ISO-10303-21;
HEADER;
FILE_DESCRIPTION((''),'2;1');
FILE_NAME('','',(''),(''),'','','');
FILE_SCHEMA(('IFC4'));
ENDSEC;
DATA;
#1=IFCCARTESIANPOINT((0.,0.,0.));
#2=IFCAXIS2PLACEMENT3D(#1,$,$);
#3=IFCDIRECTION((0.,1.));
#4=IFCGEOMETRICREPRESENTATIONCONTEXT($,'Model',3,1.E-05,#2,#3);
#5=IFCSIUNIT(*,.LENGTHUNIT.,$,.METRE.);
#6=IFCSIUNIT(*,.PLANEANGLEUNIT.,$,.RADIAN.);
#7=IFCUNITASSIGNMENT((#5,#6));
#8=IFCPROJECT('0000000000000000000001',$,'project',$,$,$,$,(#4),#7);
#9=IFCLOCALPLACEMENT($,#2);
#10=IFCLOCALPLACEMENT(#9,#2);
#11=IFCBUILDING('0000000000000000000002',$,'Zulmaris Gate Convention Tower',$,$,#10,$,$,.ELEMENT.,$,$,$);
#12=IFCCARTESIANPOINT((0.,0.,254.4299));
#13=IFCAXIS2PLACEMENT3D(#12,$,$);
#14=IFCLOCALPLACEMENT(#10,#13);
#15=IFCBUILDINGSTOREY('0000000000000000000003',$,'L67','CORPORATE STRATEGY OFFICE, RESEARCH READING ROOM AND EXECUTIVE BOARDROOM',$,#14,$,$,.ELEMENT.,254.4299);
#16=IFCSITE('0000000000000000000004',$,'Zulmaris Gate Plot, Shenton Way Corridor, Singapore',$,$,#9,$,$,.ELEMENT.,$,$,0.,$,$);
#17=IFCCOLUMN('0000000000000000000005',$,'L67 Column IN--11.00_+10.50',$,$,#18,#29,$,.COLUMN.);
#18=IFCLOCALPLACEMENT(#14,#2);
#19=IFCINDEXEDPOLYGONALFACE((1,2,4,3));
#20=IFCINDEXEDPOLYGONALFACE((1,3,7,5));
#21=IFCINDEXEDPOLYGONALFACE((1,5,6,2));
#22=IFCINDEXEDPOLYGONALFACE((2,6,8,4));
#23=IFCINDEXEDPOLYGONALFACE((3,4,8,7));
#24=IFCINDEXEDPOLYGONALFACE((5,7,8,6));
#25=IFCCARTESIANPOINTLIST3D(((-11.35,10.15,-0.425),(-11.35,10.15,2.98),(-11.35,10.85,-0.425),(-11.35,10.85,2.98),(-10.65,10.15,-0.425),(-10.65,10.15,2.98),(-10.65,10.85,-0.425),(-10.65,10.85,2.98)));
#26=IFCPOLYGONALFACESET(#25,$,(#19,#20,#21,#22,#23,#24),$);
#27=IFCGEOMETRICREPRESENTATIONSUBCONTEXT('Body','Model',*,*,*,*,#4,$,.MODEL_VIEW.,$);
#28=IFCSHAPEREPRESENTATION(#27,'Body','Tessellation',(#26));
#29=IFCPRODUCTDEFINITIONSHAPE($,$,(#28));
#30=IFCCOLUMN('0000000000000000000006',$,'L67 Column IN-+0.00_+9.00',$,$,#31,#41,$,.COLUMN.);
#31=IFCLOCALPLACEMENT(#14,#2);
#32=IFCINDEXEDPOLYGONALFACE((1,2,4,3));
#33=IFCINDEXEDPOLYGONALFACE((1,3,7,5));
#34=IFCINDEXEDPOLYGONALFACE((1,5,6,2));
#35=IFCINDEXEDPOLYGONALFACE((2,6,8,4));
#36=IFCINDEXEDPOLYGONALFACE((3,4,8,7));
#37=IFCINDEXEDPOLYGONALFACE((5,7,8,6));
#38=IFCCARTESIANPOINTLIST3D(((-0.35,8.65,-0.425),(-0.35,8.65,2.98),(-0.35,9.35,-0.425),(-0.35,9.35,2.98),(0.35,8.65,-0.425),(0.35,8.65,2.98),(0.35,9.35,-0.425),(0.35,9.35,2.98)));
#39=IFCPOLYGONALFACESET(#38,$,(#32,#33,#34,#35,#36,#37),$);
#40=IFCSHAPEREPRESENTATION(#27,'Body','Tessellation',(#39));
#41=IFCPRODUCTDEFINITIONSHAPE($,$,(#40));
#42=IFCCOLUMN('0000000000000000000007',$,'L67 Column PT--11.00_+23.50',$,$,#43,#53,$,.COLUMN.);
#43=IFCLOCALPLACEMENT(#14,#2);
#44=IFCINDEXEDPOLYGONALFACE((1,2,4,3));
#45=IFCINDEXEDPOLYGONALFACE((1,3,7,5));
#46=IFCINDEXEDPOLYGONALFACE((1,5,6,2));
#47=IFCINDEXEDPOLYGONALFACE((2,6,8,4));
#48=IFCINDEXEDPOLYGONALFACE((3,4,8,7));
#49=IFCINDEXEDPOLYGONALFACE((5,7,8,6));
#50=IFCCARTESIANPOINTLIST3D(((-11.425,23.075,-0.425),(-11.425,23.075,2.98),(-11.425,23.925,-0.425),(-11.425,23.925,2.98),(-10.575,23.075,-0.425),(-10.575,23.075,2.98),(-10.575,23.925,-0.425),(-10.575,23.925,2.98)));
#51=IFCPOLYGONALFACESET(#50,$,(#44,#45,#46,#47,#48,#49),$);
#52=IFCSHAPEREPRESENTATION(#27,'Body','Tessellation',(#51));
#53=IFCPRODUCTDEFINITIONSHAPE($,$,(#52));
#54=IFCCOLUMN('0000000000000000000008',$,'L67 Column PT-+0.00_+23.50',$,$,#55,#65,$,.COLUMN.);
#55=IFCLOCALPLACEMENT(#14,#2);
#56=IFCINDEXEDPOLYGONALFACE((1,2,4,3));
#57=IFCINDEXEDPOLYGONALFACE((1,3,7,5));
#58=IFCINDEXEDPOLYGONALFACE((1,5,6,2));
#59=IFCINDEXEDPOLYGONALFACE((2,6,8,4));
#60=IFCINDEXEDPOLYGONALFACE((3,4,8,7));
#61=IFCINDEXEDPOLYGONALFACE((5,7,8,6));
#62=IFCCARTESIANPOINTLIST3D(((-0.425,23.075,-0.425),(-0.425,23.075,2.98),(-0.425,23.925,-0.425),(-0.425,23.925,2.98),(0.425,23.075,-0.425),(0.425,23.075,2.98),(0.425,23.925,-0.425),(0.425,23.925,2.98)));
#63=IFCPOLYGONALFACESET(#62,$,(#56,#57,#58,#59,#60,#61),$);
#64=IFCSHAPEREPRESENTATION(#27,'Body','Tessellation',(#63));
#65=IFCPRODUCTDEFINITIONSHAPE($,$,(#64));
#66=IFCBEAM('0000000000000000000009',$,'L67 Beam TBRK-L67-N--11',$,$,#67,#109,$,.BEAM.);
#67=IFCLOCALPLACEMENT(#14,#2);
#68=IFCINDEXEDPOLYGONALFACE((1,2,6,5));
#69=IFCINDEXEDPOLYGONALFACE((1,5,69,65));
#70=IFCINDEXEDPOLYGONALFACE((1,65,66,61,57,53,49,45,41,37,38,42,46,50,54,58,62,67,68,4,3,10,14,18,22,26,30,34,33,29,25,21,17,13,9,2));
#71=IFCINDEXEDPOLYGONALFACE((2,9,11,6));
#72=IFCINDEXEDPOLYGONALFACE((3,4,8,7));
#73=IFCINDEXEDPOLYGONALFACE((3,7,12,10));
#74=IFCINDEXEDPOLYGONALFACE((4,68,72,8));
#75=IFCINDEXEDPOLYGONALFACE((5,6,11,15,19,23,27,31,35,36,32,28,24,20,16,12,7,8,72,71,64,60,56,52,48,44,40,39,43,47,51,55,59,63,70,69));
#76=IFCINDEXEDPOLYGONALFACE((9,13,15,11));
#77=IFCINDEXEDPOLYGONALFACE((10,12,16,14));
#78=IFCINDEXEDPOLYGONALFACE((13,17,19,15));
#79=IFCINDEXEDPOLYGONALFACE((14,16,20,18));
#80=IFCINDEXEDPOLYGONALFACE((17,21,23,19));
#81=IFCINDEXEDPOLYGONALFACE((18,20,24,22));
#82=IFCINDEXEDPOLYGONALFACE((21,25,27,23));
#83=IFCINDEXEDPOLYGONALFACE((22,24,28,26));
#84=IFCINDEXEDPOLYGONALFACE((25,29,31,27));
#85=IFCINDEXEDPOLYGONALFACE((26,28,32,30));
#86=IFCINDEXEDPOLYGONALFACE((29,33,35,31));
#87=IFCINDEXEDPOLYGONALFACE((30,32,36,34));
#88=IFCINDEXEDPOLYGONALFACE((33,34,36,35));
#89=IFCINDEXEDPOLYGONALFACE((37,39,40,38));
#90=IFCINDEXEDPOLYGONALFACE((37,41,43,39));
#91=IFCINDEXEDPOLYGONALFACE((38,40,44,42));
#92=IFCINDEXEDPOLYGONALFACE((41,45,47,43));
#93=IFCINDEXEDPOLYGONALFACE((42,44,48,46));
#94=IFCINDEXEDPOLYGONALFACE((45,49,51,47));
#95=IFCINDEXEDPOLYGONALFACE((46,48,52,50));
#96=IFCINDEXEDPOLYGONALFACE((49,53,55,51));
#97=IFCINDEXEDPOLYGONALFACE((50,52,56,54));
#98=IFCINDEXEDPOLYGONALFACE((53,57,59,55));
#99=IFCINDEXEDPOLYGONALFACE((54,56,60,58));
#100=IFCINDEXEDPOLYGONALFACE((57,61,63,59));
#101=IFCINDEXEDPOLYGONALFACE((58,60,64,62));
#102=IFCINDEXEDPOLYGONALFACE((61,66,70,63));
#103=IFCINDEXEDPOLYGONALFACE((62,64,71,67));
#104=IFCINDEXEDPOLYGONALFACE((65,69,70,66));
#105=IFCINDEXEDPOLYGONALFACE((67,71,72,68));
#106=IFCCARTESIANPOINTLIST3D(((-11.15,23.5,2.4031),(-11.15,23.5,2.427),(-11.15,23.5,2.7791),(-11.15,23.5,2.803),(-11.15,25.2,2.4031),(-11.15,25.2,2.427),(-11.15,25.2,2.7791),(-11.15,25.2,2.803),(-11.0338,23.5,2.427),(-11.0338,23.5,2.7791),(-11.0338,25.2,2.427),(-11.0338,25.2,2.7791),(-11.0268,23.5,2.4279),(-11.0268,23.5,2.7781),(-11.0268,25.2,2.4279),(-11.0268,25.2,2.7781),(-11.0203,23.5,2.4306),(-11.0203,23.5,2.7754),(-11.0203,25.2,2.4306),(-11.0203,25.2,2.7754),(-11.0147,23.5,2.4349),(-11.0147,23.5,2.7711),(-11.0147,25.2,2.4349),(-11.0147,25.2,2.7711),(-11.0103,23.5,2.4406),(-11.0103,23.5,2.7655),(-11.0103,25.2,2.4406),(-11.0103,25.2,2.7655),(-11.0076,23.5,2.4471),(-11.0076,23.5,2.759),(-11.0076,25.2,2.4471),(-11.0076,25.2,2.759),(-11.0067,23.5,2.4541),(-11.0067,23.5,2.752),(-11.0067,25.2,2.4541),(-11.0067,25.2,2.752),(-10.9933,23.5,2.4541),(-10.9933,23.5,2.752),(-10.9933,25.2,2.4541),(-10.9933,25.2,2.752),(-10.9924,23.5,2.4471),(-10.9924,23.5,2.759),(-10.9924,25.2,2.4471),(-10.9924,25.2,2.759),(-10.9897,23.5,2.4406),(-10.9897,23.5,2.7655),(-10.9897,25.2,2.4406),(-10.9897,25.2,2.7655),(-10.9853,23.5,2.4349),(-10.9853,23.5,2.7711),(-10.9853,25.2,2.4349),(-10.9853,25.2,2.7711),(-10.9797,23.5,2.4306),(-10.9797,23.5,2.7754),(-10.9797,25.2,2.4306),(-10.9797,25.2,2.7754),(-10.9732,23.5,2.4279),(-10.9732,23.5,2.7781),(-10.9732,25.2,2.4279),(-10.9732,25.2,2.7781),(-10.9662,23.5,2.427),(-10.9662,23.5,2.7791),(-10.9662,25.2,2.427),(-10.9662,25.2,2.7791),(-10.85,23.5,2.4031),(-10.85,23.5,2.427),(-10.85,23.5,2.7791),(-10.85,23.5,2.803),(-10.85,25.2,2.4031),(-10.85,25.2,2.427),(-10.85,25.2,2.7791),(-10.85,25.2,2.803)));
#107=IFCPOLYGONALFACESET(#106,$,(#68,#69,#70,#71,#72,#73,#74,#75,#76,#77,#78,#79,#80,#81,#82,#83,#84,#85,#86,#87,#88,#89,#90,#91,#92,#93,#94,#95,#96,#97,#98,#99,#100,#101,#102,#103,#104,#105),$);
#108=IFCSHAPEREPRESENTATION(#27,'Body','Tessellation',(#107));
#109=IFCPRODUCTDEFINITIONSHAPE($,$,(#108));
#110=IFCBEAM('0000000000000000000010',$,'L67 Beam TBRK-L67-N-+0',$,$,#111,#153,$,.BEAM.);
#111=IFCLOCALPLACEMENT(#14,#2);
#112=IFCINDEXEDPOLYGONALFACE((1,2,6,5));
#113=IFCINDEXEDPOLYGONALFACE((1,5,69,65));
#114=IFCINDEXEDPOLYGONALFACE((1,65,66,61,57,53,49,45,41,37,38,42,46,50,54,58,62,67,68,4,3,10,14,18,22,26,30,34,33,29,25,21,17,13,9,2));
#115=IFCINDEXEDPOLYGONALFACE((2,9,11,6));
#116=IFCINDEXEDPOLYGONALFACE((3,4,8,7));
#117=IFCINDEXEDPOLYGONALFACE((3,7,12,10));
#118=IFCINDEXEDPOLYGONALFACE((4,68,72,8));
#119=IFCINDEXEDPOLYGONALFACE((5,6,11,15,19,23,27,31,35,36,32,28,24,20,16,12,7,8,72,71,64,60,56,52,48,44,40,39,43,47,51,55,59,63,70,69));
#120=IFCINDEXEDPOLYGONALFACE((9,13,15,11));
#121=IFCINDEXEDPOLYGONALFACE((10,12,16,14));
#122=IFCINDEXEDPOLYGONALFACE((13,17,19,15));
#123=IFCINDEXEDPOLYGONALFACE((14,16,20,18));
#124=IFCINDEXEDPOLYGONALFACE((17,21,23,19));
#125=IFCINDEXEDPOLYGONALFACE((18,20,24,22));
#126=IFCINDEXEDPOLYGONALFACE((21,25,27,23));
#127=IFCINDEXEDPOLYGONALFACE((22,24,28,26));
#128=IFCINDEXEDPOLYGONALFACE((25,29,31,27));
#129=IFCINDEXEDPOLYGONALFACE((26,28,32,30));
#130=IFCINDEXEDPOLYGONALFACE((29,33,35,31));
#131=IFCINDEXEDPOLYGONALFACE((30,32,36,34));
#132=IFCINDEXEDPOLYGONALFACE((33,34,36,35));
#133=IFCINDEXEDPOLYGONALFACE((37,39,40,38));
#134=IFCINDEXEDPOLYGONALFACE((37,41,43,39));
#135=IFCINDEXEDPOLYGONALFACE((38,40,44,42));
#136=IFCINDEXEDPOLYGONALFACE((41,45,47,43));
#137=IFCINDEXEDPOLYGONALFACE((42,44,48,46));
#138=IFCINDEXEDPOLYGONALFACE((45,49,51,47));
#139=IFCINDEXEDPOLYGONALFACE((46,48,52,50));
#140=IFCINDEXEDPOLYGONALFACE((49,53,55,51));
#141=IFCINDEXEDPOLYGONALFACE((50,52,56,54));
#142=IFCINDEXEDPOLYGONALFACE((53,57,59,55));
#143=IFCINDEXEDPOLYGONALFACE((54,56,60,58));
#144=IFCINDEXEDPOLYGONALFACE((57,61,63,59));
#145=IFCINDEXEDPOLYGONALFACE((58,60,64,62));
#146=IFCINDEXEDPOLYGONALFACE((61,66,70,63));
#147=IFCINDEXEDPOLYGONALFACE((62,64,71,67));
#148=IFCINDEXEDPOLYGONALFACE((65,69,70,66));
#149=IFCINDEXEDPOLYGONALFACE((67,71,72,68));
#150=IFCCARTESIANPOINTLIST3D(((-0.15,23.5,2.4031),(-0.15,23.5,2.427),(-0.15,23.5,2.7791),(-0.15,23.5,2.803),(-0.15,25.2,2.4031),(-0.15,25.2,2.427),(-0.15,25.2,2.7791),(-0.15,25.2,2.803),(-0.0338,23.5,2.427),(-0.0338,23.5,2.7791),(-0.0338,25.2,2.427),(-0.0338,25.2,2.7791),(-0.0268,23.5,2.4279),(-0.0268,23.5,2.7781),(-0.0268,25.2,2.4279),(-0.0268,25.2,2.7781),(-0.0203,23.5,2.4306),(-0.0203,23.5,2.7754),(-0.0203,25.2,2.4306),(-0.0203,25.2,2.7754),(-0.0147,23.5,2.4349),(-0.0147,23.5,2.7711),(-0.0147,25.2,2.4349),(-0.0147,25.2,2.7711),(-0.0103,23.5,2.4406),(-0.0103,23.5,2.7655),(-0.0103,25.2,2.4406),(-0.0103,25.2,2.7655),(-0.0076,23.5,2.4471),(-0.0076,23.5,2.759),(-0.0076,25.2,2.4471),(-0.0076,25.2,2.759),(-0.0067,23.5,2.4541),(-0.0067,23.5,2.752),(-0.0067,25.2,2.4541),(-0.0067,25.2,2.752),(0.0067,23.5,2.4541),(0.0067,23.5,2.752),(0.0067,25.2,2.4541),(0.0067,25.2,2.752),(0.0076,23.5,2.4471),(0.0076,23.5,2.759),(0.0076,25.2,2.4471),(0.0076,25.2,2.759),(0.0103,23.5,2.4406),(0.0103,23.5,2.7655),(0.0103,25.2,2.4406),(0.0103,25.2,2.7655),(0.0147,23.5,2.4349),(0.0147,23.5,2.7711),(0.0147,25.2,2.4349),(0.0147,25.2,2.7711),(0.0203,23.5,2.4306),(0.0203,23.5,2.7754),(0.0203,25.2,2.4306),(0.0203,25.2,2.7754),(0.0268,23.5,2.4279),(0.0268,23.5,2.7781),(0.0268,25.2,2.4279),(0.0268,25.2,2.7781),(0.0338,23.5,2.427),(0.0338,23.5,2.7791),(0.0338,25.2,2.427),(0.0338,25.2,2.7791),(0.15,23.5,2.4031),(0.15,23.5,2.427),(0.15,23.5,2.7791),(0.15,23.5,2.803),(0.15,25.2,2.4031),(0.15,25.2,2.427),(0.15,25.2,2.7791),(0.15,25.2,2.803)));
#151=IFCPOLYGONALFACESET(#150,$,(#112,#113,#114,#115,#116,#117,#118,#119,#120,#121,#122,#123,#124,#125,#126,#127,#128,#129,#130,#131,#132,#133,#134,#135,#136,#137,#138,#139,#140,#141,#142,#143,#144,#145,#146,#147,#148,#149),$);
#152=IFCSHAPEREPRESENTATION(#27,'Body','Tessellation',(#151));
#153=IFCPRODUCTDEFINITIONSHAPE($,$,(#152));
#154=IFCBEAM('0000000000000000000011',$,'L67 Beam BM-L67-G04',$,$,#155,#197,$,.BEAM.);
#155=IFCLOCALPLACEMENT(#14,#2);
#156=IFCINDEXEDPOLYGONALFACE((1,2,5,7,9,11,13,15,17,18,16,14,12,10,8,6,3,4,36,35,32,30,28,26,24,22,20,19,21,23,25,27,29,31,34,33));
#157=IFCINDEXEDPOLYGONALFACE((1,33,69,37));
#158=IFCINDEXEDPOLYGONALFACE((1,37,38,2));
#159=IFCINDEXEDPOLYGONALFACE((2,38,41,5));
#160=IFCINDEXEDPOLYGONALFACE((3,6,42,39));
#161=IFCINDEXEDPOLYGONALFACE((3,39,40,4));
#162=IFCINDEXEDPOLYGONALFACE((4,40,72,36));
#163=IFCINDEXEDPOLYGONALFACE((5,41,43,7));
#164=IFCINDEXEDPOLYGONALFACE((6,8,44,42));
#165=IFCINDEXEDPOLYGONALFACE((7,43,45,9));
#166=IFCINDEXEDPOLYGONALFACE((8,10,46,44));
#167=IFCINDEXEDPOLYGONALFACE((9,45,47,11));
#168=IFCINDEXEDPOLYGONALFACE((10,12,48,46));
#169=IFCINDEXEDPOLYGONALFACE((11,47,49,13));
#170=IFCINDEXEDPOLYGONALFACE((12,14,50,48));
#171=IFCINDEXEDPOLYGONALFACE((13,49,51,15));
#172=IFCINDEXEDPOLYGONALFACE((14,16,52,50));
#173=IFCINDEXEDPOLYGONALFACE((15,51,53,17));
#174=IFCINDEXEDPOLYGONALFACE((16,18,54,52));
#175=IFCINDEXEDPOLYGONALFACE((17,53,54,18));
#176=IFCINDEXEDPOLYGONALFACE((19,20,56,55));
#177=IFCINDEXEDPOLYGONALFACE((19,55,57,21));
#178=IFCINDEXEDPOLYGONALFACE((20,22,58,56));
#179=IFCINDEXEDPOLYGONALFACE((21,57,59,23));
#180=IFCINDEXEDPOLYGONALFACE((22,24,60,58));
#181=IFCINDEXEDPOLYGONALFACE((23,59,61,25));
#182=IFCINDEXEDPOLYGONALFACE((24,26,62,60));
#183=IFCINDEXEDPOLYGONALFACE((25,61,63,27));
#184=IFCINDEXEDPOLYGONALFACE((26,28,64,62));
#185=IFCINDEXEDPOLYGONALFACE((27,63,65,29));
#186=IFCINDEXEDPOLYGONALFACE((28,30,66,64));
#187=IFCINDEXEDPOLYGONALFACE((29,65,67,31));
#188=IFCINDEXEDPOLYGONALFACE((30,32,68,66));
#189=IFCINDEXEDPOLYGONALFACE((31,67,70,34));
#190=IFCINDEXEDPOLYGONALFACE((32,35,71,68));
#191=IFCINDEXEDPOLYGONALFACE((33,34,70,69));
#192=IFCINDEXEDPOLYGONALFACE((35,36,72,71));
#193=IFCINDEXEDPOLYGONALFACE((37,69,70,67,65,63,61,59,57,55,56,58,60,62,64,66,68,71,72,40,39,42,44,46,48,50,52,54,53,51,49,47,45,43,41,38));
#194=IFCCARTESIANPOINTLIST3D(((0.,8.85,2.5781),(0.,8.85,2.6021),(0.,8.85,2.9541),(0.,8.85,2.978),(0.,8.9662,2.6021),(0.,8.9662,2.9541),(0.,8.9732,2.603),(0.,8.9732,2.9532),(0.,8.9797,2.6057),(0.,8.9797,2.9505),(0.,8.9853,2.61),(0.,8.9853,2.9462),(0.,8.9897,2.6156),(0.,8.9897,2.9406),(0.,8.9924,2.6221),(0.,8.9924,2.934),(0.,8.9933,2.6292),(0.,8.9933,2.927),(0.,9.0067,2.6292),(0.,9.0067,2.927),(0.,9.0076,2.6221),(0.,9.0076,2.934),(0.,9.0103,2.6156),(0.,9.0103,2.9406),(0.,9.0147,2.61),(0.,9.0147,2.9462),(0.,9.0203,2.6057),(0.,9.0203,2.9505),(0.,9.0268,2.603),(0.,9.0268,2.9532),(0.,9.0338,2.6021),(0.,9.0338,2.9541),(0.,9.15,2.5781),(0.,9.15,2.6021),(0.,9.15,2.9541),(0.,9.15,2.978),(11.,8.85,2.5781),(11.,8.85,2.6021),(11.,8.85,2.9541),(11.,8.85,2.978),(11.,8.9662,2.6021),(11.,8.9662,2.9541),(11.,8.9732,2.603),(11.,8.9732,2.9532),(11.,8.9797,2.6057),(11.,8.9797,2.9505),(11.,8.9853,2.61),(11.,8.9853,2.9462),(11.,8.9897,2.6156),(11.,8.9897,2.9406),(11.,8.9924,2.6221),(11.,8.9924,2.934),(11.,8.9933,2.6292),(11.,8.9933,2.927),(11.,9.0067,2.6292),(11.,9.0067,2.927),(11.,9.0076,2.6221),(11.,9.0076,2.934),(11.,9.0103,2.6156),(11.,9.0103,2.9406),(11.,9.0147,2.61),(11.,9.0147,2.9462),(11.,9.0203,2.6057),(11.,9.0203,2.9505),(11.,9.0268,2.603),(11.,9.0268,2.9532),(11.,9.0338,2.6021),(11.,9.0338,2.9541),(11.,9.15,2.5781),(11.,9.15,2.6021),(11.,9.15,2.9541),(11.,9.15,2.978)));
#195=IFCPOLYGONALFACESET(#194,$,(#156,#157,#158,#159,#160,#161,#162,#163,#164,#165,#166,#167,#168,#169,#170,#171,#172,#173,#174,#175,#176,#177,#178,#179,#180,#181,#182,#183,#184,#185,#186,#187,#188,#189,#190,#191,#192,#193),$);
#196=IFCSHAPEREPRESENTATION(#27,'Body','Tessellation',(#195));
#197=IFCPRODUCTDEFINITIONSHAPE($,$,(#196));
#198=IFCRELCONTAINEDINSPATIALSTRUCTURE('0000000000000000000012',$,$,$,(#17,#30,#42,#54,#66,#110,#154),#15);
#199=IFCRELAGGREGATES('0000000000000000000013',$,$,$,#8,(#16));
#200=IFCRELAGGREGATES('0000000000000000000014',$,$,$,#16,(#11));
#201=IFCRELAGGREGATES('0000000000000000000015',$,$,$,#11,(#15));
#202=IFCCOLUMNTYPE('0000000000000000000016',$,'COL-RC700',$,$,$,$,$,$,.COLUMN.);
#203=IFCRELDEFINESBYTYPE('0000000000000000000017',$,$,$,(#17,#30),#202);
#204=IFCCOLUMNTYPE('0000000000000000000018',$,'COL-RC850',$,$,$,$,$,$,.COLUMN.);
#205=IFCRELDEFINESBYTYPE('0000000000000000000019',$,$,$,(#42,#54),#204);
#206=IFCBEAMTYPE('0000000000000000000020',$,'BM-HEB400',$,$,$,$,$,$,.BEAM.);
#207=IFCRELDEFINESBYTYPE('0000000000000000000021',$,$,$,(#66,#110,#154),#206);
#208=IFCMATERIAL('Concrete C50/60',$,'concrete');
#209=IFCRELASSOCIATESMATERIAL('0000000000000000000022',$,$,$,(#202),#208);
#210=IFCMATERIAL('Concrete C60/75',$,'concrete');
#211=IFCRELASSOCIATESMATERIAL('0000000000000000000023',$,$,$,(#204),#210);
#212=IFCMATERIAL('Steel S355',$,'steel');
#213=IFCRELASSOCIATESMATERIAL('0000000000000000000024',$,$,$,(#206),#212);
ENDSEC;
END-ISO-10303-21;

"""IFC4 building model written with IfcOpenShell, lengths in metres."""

from ifc_helpers import new_model, si_unit, direction, frame, origin, origin_2d, place, context, subcontext, project, spatial, rectangle, i_section, extrude, material, material_profile, profile_set, type_object, element, save


model = new_model("IFC4")

# Units and contexts
model_context = context("Model", 3, precision=1e-05, world=origin(), true_north=direction((0.0, 1.0)))
body_context = subcontext(model_context, "Body", "Model", "MODEL_VIEW")
ifc_project = project(units=[si_unit("LENGTHUNIT", "METRE"), si_unit("PLANEANGLEUNIT", "RADIAN")], contexts=[model_context])

# Site, building, storey
site_placement = place(None, origin())
site = spatial("IfcSite", under=ifc_project, at=site_placement, Name="Zulmaris Gate Plot, Shenton Way Corridor, Singapore", CompositionType="ELEMENT", RefElevation=0.0)
building_placement = place(site_placement, origin())
building = spatial("IfcBuilding", under=site, at=building_placement, Name="Zulmaris Gate Convention Tower", CompositionType="ELEMENT")
storey_placement = place(building_placement, frame((0.0, 0.0, 254.4299)))
storey = spatial("IfcBuildingStorey", under=building, at=storey_placement, Name="L67", Description="CORPORATE STRATEGY OFFICE, RESEARCH READING ROOM AND EXECUTIVE BOARDROOM", CompositionType="ELEMENT", Elevation=254.4299)

# Columns
ifc_material_1 = material(Name="Concrete C50/60", Category="concrete")
ifc_material_profile_1 = material_profile(ifc_material_1, rectangle(XDim=0.7, YDim=0.7, at=origin_2d()), Name="RC COL 700x700")
ifc_profile_set_1 = profile_set([ifc_material_profile_1], Name="Concrete C50/60")
column_type_1 = type_object("IfcColumnType", Name="COL-RC700", PredefinedType="COLUMN", material=ifc_profile_set_1)
for number, where, z_axis, x_axis, name in (
    (1, (-11.0, 10.5, -0.425), (0.0, 0.0, 1.0), (1.0, 0.0, 0.0), "L67 Column IN--11.00_+10.50"),
    (2, (0.0, 9.0, -0.425), (0.0, 0.0, 1.0), (1.0, 0.0, 0.0), "L67 Column IN-+0.00_+9.00"),
):
    element("IfcColumn", number, at=place(storey_placement, frame(where, z_axis=z_axis, x_axis=x_axis)), inside=storey, type_object=column_type_1, Name=name, PredefinedType="COLUMN", context=body_context, shape_type="SweptSolid", body=[
        extrude(rectangle(XDim=0.7, YDim=0.7, at=origin_2d()), origin(), (0.0, 0.0, 1.0), 3.405),
    ])
ifc_material_2 = material(Name="Concrete C60/75", Category="concrete")
ifc_material_profile_2 = material_profile(ifc_material_2, rectangle(XDim=0.8501, YDim=0.8501, at=origin_2d()), Name="RC COL 850x850")
ifc_profile_set_2 = profile_set([ifc_material_profile_2], Name="Concrete C60/75")
column_type_2 = type_object("IfcColumnType", Name="COL-RC850", PredefinedType="COLUMN", material=ifc_profile_set_2)
for number, where, z_axis, x_axis, name in (
    (3, (-11.0, 23.5, -0.425), (0.0, 0.0, 1.0), (1.0, 0.0, 0.0), "L67 Column PT--11.00_+23.50"),
    (4, (0.0, 23.5, -0.425), (0.0, 0.0, 1.0), (1.0, 0.0, 0.0), "L67 Column PT-+0.00_+23.50"),
):
    element("IfcColumn", number, at=place(storey_placement, frame(where, z_axis=z_axis, x_axis=x_axis)), inside=storey, type_object=column_type_2, Name=name, PredefinedType="COLUMN", context=body_context, shape_type="SweptSolid", body=[
        extrude(rectangle(XDim=0.8501, YDim=0.8501, at=origin_2d()), origin(), (0.0, 0.0, 1.0), 3.405),
    ])

# Beams
ifc_material_3 = material(Name="Steel S355", Category="steel")
ifc_material_profile_3 = material_profile(ifc_material_3, i_section(OverallWidth=0.3, OverallDepth=0.3999, WebThickness=0.0134, FlangeThickness=0.0239, FilletRadius=0.0271, at=origin_2d()), Name="HEB 400")
ifc_profile_set_3 = profile_set([ifc_material_profile_3], Name="Steel S355")
beam_type_1 = type_object("IfcBeamType", Name="BM-HEB400", PredefinedType="BEAM", material=ifc_profile_set_3)
for number, where, z_axis, x_axis, name in (
    (5, (-11.0, 23.5, 2.603), (0.0, 1.0, 0.0), (-1.0, 0.0, 0.0), "L67 Beam TBRK-L67-N--11"),
    (6, (0.0, 23.5, 2.603), (0.0, 1.0, 0.0), (-1.0, 0.0, 0.0), "L67 Beam TBRK-L67-N-+0"),
):
    element("IfcBeam", number, at=place(storey_placement, frame(where, z_axis=z_axis, x_axis=x_axis)), inside=storey, type_object=beam_type_1, Name=name, PredefinedType="BEAM", context=body_context, shape_type="SweptSolid", body=[
        extrude(i_section(OverallWidth=0.3, OverallDepth=0.3999, WebThickness=0.0134, FlangeThickness=0.0239, FilletRadius=0.0271, at=origin_2d()), origin(), (0.0, 0.0, 1.0), 1.7),
    ])
beam_1_placement = place(storey_placement, frame((0.0, 9.0, 2.7781), z_axis=(1.0, 0.0, 0.0), x_axis=(0.0, 1.0, 0.0)))
element("IfcBeam", 7, at=beam_1_placement, inside=storey, type_object=beam_type_1, Name="L67 Beam BM-L67-G04", PredefinedType="BEAM", context=body_context, shape_type="SweptSolid", body=[
    extrude(i_section(OverallWidth=0.3, OverallDepth=0.3999, WebThickness=0.0134, FlangeThickness=0.0239, FilletRadius=0.0271, at=origin_2d()), origin(), (0.0, 0.0, 1.0), 11.0),
])

save(model, "model.ifc")
